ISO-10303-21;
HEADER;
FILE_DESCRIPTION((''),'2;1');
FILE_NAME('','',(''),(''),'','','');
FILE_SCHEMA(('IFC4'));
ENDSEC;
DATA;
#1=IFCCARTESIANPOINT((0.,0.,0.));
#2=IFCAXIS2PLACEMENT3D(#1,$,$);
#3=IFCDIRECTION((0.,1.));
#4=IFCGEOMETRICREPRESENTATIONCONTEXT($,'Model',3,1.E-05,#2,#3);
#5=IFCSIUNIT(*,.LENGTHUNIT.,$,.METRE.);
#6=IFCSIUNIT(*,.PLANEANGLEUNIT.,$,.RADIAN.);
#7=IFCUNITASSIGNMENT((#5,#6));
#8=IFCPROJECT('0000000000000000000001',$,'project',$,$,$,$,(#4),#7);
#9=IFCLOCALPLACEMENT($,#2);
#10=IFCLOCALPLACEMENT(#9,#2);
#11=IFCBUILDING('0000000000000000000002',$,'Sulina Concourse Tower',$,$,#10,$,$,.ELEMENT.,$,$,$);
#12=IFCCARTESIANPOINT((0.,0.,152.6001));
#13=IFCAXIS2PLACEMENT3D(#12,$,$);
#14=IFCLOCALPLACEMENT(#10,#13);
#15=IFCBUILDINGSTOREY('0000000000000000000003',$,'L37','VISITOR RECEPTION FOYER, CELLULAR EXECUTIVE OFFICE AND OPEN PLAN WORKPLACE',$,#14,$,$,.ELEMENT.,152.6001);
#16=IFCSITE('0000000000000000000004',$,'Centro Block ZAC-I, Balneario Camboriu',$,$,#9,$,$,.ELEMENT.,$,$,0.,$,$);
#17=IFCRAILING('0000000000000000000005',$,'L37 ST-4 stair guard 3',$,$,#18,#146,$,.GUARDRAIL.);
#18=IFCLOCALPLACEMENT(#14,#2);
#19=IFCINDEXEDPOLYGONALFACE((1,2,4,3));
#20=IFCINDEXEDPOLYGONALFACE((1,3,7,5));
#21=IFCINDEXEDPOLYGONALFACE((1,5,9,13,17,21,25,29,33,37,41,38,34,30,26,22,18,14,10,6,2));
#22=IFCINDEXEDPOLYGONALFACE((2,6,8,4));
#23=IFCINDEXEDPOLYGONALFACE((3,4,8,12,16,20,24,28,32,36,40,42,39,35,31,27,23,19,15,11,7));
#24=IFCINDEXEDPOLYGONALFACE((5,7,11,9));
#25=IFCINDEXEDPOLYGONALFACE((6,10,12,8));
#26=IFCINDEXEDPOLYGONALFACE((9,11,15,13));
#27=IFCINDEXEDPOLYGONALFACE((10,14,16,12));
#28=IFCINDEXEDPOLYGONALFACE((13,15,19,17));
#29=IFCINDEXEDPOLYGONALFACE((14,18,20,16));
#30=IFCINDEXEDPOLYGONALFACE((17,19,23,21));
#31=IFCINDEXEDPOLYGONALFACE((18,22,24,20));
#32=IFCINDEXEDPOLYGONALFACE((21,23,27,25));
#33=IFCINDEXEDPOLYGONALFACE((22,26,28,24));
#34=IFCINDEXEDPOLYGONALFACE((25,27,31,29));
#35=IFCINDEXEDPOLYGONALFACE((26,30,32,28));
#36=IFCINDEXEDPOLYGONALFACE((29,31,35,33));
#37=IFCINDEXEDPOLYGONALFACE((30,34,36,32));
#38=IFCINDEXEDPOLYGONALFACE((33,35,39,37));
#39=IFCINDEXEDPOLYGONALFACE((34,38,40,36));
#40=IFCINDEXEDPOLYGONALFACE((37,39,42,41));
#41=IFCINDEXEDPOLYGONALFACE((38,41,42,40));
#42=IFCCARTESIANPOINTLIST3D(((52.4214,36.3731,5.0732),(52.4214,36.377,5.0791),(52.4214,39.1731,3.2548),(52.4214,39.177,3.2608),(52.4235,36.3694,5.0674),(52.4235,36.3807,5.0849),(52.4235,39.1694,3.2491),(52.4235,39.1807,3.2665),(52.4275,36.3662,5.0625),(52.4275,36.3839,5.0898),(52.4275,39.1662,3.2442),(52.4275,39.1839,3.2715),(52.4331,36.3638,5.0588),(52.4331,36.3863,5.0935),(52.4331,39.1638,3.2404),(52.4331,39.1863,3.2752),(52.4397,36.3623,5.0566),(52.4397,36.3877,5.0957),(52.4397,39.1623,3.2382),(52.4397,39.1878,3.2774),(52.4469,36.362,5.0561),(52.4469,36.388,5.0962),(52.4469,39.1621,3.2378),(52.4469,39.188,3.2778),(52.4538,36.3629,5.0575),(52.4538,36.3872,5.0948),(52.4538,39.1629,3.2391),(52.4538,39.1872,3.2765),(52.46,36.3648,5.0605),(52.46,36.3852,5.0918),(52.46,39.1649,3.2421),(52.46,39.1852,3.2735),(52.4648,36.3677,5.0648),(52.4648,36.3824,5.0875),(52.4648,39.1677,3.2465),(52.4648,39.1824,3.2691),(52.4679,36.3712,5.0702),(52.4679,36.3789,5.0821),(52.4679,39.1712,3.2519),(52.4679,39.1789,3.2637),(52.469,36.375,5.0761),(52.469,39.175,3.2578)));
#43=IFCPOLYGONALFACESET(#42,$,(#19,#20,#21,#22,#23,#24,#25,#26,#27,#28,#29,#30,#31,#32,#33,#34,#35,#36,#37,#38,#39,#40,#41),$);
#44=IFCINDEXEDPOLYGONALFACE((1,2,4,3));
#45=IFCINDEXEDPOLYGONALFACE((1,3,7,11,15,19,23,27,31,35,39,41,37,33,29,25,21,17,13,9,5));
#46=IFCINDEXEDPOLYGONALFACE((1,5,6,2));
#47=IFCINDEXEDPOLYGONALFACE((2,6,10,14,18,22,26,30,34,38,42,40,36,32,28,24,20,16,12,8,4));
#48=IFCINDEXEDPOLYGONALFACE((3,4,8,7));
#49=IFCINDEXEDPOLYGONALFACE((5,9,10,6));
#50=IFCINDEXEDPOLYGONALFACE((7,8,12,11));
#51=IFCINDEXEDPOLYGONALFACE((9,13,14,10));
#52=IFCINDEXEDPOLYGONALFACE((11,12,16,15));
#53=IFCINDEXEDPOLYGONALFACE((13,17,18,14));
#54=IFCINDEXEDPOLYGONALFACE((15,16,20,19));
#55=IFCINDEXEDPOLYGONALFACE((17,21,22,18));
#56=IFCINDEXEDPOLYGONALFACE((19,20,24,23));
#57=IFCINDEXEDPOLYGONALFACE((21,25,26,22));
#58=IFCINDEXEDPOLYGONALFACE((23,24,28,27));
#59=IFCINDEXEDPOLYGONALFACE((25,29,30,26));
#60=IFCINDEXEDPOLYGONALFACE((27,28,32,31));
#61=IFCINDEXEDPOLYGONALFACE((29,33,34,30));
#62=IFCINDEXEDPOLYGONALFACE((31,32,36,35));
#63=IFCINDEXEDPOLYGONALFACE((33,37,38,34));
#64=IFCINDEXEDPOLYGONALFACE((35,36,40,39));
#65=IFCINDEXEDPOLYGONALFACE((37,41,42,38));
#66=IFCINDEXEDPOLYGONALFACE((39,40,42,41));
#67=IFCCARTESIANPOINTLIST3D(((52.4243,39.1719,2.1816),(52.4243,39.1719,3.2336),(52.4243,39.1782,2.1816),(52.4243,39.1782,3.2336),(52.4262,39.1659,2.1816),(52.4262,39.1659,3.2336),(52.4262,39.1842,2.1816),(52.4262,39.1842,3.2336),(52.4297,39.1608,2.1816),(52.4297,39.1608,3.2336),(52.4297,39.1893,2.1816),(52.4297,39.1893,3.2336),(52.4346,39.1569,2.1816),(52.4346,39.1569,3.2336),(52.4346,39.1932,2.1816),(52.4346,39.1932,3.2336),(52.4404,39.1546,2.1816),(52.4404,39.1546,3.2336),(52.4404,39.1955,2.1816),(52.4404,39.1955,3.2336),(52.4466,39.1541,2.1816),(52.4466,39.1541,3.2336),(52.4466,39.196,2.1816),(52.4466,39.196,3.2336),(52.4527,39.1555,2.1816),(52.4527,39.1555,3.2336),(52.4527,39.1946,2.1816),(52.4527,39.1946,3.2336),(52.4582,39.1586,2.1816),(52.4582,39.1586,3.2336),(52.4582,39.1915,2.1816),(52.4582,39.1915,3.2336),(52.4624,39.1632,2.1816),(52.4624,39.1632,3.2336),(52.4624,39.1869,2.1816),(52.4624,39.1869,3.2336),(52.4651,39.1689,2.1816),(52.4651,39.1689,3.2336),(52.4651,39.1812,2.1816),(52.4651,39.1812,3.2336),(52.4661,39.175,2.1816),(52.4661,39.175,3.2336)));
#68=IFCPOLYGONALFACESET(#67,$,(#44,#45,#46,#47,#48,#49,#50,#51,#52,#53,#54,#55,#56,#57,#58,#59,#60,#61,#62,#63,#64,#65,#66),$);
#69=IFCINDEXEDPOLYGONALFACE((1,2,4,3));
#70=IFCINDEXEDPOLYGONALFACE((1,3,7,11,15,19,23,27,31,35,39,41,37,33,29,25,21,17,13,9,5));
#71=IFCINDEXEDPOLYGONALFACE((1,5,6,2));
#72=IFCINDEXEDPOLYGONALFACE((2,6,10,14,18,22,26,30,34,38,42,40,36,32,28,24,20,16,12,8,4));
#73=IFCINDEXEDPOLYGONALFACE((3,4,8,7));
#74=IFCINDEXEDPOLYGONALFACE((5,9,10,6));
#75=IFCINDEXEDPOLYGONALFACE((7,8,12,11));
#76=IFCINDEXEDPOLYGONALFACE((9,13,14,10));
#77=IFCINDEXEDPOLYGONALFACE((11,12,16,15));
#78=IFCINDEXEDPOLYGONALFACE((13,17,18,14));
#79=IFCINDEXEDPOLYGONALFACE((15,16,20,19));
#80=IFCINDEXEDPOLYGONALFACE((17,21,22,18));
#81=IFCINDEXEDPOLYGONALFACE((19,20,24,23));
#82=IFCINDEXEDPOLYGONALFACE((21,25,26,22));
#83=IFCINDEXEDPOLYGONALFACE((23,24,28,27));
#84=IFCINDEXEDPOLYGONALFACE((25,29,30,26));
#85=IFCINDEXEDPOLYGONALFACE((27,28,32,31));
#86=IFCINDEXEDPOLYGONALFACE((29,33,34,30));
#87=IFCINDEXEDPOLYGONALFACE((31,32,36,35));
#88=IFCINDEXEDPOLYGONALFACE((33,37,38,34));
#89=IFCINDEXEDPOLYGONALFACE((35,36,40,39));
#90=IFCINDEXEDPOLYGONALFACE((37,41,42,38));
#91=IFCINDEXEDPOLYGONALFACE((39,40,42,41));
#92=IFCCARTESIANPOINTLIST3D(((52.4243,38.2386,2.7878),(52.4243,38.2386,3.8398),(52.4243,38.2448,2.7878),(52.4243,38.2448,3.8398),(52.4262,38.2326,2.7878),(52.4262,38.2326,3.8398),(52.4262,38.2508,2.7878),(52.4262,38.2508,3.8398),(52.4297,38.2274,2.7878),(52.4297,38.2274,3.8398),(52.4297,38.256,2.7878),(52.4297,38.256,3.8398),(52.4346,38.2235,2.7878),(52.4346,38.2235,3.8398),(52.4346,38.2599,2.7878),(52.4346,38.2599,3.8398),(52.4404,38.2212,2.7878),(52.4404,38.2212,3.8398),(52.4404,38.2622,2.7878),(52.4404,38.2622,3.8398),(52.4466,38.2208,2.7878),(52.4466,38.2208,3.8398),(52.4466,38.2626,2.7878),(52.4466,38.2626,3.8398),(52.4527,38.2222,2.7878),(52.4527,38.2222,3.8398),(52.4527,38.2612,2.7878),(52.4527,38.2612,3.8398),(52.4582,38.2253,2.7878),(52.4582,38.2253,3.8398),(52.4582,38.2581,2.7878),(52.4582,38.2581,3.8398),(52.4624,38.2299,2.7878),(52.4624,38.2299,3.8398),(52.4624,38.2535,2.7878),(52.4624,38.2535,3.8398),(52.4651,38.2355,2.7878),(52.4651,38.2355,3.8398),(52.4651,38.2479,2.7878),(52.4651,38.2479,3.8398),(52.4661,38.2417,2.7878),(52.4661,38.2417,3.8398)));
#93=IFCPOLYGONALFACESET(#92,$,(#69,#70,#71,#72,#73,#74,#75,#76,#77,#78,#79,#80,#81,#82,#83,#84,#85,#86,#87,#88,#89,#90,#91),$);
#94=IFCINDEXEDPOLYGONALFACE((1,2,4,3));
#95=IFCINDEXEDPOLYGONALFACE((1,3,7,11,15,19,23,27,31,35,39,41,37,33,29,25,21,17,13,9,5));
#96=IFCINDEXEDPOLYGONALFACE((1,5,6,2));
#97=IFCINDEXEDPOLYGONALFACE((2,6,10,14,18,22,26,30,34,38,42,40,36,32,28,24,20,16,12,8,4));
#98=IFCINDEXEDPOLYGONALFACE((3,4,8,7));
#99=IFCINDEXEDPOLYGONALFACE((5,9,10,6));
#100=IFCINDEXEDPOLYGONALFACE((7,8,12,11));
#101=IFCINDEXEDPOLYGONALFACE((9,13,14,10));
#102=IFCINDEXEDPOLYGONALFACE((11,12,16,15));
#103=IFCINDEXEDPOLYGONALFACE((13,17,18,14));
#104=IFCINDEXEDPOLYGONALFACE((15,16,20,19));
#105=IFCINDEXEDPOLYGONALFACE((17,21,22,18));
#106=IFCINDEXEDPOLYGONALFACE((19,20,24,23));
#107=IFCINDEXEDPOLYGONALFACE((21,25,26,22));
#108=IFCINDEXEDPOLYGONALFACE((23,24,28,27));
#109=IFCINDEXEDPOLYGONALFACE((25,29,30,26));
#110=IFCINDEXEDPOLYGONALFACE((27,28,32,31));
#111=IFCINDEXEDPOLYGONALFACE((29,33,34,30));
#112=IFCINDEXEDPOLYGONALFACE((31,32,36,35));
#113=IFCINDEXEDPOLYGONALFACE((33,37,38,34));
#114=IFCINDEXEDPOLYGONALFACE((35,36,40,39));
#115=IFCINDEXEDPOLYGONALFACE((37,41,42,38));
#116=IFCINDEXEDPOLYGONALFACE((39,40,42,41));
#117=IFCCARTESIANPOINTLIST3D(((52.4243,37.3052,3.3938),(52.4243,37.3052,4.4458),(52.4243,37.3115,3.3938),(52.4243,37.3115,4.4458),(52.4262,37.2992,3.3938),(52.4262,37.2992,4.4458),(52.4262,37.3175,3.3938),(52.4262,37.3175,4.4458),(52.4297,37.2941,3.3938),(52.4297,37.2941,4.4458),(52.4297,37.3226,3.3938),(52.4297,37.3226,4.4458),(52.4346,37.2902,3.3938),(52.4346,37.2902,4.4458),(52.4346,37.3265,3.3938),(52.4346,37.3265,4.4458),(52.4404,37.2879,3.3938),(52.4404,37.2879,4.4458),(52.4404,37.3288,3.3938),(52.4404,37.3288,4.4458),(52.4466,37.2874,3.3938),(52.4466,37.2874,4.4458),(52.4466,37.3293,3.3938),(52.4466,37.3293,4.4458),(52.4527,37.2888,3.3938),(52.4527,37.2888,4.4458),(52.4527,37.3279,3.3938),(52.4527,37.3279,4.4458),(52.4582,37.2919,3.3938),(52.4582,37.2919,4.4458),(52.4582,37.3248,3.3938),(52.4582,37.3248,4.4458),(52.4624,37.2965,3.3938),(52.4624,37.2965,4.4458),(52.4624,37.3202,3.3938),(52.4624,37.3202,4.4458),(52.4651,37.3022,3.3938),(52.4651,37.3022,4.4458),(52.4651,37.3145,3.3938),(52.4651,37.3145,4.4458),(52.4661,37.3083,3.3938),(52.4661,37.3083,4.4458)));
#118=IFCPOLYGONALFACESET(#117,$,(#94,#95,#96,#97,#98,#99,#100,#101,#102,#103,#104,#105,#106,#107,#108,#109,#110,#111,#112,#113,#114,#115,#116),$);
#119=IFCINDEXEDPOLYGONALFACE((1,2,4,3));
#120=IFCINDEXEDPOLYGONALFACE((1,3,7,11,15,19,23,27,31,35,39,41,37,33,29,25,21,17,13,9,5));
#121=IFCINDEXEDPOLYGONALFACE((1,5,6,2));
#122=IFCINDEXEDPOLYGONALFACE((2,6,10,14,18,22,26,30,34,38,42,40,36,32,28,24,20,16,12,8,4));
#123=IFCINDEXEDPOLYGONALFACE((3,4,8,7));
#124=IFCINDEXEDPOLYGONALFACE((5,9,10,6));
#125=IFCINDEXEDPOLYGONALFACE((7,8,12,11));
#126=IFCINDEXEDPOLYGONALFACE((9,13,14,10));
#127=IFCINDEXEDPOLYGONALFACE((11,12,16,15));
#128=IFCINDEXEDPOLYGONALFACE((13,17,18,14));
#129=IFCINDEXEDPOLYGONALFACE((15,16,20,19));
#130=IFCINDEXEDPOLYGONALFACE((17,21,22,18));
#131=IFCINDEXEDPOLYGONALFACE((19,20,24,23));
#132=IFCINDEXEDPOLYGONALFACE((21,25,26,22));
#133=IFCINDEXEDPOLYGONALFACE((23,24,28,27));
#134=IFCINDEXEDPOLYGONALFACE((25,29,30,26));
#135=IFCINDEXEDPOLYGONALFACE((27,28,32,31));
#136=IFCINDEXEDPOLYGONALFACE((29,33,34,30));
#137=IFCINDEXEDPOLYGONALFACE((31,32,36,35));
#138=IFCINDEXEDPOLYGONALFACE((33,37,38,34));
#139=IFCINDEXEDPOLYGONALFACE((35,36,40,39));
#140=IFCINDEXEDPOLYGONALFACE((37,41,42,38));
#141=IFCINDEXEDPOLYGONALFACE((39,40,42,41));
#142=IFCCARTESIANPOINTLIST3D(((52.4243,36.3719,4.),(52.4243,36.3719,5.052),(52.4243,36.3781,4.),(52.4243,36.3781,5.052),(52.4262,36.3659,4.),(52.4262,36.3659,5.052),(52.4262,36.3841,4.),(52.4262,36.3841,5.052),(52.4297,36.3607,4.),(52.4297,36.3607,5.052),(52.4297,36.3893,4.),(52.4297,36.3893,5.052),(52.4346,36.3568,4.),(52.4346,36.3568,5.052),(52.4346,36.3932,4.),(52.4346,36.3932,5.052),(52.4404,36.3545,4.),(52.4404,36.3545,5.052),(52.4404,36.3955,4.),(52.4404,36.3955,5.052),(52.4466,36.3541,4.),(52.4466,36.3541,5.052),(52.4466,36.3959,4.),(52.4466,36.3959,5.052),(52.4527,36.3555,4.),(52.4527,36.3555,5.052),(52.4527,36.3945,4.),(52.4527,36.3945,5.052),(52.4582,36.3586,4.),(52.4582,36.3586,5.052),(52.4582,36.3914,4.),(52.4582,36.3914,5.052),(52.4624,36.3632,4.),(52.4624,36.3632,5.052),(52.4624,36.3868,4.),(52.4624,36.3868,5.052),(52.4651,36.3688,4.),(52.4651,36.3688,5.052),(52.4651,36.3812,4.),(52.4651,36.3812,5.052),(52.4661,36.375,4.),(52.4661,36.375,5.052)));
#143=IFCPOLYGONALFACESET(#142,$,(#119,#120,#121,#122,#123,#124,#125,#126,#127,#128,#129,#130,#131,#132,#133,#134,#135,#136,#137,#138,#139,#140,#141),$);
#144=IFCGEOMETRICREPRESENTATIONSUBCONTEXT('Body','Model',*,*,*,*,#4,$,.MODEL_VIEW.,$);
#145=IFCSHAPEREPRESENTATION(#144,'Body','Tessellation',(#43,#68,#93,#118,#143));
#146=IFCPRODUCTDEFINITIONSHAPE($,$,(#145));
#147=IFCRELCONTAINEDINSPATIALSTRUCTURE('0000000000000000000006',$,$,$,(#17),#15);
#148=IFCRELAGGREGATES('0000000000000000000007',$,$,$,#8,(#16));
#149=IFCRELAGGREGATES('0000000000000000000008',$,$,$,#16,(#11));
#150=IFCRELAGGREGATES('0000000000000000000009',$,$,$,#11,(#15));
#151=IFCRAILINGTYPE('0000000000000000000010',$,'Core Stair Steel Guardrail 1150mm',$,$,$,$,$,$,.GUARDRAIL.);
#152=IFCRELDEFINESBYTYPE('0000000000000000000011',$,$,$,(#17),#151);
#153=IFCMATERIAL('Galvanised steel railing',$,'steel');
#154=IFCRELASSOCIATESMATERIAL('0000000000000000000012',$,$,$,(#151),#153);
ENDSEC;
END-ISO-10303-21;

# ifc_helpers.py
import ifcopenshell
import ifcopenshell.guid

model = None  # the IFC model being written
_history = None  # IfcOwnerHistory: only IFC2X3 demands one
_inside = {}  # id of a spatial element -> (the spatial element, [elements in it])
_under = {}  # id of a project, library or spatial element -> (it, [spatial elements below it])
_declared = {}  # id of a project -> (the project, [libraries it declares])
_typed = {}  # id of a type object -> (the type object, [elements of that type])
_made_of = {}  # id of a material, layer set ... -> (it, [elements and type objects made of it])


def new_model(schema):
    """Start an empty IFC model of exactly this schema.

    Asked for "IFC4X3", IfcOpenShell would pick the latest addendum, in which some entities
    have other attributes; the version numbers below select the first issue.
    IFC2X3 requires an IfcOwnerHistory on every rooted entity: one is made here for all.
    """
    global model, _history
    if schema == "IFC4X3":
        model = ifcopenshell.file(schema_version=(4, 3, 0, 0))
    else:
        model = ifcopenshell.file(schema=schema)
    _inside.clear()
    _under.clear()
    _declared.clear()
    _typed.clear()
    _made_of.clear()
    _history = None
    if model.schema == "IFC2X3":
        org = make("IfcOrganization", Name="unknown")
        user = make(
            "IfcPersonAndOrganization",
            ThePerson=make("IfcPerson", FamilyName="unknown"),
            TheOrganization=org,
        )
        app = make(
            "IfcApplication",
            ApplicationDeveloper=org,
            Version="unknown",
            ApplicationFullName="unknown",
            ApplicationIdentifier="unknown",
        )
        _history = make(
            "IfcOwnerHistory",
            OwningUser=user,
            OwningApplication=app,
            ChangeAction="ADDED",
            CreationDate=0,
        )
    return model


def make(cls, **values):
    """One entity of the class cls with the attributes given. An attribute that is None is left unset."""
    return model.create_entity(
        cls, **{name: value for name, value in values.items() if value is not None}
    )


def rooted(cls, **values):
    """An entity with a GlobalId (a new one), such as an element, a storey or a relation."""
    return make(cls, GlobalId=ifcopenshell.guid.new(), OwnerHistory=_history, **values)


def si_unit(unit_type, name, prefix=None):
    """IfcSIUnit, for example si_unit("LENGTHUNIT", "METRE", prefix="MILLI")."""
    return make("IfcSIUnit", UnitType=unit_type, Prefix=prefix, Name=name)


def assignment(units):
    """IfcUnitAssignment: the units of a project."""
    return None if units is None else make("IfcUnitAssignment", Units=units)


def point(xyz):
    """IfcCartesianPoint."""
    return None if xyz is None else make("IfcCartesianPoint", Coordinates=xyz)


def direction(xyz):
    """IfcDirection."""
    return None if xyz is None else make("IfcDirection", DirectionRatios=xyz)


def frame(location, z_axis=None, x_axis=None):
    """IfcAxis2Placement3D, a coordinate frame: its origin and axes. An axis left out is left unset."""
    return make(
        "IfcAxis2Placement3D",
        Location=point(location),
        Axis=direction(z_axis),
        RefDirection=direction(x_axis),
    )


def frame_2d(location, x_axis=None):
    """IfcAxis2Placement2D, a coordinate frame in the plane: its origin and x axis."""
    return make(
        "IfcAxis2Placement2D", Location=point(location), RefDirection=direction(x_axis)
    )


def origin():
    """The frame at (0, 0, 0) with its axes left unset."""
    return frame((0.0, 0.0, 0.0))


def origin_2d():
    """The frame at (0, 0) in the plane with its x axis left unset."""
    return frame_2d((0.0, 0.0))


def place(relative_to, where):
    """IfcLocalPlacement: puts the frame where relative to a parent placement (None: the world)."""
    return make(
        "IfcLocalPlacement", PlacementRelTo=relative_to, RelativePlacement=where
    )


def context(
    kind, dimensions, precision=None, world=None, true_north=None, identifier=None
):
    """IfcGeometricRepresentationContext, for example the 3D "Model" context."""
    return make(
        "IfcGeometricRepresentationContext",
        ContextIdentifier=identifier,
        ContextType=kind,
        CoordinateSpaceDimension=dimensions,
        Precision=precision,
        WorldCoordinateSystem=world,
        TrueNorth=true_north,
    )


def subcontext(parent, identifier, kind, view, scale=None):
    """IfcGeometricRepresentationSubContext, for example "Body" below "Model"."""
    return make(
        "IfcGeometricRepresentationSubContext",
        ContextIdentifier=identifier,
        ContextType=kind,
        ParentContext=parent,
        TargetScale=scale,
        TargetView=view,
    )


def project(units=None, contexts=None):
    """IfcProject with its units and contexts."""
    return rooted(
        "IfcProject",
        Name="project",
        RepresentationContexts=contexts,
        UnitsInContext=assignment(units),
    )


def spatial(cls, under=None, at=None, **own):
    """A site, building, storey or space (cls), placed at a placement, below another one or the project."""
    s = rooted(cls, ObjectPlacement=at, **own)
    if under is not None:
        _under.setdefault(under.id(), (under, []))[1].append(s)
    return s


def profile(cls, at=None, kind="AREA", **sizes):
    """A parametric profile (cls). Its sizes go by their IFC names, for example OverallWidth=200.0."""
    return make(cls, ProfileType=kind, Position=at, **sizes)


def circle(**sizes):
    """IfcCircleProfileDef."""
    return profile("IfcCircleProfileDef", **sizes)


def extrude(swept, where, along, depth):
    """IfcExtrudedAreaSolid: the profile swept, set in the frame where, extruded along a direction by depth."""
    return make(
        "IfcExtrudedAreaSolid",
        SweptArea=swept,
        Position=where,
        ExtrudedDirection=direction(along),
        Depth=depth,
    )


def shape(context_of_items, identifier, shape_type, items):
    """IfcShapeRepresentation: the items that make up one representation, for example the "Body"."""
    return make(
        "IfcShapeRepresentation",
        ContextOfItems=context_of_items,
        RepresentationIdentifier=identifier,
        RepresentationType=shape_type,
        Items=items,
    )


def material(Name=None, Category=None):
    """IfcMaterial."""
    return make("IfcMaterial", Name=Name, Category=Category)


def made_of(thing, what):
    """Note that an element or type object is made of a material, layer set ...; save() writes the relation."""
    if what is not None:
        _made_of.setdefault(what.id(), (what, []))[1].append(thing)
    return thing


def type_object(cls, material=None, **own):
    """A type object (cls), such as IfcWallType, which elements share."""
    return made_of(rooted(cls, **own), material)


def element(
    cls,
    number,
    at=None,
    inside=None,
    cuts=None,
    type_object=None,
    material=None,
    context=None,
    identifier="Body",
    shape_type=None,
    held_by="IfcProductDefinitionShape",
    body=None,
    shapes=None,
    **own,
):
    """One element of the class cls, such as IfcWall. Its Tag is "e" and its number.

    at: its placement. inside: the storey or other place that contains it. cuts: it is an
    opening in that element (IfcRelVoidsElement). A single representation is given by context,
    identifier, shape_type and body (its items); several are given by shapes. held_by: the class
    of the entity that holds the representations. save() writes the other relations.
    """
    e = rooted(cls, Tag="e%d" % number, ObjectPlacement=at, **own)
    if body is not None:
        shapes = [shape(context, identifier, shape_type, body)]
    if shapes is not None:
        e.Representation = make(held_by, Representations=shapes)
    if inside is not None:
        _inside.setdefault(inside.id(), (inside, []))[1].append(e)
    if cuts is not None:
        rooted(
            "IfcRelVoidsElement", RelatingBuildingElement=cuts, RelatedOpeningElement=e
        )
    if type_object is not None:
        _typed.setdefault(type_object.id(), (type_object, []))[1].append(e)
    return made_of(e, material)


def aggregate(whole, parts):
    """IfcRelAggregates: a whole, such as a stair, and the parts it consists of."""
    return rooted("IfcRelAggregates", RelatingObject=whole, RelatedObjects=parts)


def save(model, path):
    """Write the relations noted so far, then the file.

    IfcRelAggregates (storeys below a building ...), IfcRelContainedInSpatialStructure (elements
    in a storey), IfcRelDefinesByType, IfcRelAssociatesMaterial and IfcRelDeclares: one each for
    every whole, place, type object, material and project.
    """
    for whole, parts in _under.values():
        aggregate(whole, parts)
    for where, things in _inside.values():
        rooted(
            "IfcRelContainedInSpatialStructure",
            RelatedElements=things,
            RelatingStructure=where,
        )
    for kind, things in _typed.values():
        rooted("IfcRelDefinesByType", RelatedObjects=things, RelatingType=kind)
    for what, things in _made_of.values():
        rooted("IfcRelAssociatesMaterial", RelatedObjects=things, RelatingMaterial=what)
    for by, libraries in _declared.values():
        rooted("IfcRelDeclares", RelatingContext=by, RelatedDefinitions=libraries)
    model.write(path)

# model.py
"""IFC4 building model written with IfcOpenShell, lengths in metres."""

from ifc_helpers import new_model, si_unit, direction, frame, origin, origin_2d, place, context, subcontext, project, spatial, circle, extrude, material, type_object, element, save


model = new_model("IFC4")

# Units and contexts
model_context = context("Model", 3, precision=1e-05, world=origin(), true_north=direction((0.0, 1.0)))
body_context = subcontext(model_context, "Body", "Model", "MODEL_VIEW")
ifc_project = project(units=[si_unit("LENGTHUNIT", "METRE"), si_unit("PLANEANGLEUNIT", "RADIAN")], contexts=[model_context])

# Site, building, storey
site_placement = place(None, origin())
site = spatial("IfcSite", under=ifc_project, at=site_placement, Name="Centro Block ZAC-I, Balneario Camboriu", CompositionType="ELEMENT", RefElevation=0.0)
building_placement = place(site_placement, origin())
building = spatial("IfcBuilding", under=site, at=building_placement, Name="Sulina Concourse Tower", CompositionType="ELEMENT")
storey_placement = place(building_placement, frame((0.0, 0.0, 152.6001)))
storey = spatial("IfcBuildingStorey", under=building, at=storey_placement, Name="L37", Description="VISITOR RECEPTION FOYER, CELLULAR EXECUTIVE OFFICE AND OPEN PLAN WORKPLACE", CompositionType="ELEMENT", Elevation=152.6001)

# Railing
ifc_material_1 = material(Name="Galvanised steel railing", Category="steel")
railing_type_1 = type_object("IfcRailingType", Name="Core Stair Steel Guardrail 1150mm", PredefinedType="GUARDRAIL", material=ifc_material_1)
railing_1_placement = place(storey_placement, frame((52.4451, 39.175, 2.1816)))
element("IfcRailing", 1, at=railing_1_placement, inside=storey, type_object=railing_type_1, Name="L37 ST-4 stair guard 3", PredefinedType="GUARDRAIL", context=body_context, shape_type="SweptSolid", body=[
    extrude(circle(Radius=0.0239, at=origin_2d()), frame((0.0, 0.0, 1.0762), z_axis=(0.0, -0.838672, 0.544636), x_axis=(1.0, 0.0, 0.0)), (0.0, 0.0, 1.0), 3.3386),
    extrude(circle(Radius=0.021, at=origin_2d()), origin(), (0.0, 0.0, 1.0), 1.052),
    extrude(circle(Radius=0.021, at=origin_2d()), frame((0.0, -0.9333, 0.6062)), (0.0, 0.0, 1.0), 1.052),
    extrude(circle(Radius=0.021, at=origin_2d()), frame((0.0, -1.8667, 1.2122)), (0.0, 0.0, 1.0), 1.052),
    extrude(circle(Radius=0.021, at=origin_2d()), frame((0.0, -2.8, 1.8184)), (0.0, 0.0, 1.0), 1.052),
])

save(model, "model.ifc")
